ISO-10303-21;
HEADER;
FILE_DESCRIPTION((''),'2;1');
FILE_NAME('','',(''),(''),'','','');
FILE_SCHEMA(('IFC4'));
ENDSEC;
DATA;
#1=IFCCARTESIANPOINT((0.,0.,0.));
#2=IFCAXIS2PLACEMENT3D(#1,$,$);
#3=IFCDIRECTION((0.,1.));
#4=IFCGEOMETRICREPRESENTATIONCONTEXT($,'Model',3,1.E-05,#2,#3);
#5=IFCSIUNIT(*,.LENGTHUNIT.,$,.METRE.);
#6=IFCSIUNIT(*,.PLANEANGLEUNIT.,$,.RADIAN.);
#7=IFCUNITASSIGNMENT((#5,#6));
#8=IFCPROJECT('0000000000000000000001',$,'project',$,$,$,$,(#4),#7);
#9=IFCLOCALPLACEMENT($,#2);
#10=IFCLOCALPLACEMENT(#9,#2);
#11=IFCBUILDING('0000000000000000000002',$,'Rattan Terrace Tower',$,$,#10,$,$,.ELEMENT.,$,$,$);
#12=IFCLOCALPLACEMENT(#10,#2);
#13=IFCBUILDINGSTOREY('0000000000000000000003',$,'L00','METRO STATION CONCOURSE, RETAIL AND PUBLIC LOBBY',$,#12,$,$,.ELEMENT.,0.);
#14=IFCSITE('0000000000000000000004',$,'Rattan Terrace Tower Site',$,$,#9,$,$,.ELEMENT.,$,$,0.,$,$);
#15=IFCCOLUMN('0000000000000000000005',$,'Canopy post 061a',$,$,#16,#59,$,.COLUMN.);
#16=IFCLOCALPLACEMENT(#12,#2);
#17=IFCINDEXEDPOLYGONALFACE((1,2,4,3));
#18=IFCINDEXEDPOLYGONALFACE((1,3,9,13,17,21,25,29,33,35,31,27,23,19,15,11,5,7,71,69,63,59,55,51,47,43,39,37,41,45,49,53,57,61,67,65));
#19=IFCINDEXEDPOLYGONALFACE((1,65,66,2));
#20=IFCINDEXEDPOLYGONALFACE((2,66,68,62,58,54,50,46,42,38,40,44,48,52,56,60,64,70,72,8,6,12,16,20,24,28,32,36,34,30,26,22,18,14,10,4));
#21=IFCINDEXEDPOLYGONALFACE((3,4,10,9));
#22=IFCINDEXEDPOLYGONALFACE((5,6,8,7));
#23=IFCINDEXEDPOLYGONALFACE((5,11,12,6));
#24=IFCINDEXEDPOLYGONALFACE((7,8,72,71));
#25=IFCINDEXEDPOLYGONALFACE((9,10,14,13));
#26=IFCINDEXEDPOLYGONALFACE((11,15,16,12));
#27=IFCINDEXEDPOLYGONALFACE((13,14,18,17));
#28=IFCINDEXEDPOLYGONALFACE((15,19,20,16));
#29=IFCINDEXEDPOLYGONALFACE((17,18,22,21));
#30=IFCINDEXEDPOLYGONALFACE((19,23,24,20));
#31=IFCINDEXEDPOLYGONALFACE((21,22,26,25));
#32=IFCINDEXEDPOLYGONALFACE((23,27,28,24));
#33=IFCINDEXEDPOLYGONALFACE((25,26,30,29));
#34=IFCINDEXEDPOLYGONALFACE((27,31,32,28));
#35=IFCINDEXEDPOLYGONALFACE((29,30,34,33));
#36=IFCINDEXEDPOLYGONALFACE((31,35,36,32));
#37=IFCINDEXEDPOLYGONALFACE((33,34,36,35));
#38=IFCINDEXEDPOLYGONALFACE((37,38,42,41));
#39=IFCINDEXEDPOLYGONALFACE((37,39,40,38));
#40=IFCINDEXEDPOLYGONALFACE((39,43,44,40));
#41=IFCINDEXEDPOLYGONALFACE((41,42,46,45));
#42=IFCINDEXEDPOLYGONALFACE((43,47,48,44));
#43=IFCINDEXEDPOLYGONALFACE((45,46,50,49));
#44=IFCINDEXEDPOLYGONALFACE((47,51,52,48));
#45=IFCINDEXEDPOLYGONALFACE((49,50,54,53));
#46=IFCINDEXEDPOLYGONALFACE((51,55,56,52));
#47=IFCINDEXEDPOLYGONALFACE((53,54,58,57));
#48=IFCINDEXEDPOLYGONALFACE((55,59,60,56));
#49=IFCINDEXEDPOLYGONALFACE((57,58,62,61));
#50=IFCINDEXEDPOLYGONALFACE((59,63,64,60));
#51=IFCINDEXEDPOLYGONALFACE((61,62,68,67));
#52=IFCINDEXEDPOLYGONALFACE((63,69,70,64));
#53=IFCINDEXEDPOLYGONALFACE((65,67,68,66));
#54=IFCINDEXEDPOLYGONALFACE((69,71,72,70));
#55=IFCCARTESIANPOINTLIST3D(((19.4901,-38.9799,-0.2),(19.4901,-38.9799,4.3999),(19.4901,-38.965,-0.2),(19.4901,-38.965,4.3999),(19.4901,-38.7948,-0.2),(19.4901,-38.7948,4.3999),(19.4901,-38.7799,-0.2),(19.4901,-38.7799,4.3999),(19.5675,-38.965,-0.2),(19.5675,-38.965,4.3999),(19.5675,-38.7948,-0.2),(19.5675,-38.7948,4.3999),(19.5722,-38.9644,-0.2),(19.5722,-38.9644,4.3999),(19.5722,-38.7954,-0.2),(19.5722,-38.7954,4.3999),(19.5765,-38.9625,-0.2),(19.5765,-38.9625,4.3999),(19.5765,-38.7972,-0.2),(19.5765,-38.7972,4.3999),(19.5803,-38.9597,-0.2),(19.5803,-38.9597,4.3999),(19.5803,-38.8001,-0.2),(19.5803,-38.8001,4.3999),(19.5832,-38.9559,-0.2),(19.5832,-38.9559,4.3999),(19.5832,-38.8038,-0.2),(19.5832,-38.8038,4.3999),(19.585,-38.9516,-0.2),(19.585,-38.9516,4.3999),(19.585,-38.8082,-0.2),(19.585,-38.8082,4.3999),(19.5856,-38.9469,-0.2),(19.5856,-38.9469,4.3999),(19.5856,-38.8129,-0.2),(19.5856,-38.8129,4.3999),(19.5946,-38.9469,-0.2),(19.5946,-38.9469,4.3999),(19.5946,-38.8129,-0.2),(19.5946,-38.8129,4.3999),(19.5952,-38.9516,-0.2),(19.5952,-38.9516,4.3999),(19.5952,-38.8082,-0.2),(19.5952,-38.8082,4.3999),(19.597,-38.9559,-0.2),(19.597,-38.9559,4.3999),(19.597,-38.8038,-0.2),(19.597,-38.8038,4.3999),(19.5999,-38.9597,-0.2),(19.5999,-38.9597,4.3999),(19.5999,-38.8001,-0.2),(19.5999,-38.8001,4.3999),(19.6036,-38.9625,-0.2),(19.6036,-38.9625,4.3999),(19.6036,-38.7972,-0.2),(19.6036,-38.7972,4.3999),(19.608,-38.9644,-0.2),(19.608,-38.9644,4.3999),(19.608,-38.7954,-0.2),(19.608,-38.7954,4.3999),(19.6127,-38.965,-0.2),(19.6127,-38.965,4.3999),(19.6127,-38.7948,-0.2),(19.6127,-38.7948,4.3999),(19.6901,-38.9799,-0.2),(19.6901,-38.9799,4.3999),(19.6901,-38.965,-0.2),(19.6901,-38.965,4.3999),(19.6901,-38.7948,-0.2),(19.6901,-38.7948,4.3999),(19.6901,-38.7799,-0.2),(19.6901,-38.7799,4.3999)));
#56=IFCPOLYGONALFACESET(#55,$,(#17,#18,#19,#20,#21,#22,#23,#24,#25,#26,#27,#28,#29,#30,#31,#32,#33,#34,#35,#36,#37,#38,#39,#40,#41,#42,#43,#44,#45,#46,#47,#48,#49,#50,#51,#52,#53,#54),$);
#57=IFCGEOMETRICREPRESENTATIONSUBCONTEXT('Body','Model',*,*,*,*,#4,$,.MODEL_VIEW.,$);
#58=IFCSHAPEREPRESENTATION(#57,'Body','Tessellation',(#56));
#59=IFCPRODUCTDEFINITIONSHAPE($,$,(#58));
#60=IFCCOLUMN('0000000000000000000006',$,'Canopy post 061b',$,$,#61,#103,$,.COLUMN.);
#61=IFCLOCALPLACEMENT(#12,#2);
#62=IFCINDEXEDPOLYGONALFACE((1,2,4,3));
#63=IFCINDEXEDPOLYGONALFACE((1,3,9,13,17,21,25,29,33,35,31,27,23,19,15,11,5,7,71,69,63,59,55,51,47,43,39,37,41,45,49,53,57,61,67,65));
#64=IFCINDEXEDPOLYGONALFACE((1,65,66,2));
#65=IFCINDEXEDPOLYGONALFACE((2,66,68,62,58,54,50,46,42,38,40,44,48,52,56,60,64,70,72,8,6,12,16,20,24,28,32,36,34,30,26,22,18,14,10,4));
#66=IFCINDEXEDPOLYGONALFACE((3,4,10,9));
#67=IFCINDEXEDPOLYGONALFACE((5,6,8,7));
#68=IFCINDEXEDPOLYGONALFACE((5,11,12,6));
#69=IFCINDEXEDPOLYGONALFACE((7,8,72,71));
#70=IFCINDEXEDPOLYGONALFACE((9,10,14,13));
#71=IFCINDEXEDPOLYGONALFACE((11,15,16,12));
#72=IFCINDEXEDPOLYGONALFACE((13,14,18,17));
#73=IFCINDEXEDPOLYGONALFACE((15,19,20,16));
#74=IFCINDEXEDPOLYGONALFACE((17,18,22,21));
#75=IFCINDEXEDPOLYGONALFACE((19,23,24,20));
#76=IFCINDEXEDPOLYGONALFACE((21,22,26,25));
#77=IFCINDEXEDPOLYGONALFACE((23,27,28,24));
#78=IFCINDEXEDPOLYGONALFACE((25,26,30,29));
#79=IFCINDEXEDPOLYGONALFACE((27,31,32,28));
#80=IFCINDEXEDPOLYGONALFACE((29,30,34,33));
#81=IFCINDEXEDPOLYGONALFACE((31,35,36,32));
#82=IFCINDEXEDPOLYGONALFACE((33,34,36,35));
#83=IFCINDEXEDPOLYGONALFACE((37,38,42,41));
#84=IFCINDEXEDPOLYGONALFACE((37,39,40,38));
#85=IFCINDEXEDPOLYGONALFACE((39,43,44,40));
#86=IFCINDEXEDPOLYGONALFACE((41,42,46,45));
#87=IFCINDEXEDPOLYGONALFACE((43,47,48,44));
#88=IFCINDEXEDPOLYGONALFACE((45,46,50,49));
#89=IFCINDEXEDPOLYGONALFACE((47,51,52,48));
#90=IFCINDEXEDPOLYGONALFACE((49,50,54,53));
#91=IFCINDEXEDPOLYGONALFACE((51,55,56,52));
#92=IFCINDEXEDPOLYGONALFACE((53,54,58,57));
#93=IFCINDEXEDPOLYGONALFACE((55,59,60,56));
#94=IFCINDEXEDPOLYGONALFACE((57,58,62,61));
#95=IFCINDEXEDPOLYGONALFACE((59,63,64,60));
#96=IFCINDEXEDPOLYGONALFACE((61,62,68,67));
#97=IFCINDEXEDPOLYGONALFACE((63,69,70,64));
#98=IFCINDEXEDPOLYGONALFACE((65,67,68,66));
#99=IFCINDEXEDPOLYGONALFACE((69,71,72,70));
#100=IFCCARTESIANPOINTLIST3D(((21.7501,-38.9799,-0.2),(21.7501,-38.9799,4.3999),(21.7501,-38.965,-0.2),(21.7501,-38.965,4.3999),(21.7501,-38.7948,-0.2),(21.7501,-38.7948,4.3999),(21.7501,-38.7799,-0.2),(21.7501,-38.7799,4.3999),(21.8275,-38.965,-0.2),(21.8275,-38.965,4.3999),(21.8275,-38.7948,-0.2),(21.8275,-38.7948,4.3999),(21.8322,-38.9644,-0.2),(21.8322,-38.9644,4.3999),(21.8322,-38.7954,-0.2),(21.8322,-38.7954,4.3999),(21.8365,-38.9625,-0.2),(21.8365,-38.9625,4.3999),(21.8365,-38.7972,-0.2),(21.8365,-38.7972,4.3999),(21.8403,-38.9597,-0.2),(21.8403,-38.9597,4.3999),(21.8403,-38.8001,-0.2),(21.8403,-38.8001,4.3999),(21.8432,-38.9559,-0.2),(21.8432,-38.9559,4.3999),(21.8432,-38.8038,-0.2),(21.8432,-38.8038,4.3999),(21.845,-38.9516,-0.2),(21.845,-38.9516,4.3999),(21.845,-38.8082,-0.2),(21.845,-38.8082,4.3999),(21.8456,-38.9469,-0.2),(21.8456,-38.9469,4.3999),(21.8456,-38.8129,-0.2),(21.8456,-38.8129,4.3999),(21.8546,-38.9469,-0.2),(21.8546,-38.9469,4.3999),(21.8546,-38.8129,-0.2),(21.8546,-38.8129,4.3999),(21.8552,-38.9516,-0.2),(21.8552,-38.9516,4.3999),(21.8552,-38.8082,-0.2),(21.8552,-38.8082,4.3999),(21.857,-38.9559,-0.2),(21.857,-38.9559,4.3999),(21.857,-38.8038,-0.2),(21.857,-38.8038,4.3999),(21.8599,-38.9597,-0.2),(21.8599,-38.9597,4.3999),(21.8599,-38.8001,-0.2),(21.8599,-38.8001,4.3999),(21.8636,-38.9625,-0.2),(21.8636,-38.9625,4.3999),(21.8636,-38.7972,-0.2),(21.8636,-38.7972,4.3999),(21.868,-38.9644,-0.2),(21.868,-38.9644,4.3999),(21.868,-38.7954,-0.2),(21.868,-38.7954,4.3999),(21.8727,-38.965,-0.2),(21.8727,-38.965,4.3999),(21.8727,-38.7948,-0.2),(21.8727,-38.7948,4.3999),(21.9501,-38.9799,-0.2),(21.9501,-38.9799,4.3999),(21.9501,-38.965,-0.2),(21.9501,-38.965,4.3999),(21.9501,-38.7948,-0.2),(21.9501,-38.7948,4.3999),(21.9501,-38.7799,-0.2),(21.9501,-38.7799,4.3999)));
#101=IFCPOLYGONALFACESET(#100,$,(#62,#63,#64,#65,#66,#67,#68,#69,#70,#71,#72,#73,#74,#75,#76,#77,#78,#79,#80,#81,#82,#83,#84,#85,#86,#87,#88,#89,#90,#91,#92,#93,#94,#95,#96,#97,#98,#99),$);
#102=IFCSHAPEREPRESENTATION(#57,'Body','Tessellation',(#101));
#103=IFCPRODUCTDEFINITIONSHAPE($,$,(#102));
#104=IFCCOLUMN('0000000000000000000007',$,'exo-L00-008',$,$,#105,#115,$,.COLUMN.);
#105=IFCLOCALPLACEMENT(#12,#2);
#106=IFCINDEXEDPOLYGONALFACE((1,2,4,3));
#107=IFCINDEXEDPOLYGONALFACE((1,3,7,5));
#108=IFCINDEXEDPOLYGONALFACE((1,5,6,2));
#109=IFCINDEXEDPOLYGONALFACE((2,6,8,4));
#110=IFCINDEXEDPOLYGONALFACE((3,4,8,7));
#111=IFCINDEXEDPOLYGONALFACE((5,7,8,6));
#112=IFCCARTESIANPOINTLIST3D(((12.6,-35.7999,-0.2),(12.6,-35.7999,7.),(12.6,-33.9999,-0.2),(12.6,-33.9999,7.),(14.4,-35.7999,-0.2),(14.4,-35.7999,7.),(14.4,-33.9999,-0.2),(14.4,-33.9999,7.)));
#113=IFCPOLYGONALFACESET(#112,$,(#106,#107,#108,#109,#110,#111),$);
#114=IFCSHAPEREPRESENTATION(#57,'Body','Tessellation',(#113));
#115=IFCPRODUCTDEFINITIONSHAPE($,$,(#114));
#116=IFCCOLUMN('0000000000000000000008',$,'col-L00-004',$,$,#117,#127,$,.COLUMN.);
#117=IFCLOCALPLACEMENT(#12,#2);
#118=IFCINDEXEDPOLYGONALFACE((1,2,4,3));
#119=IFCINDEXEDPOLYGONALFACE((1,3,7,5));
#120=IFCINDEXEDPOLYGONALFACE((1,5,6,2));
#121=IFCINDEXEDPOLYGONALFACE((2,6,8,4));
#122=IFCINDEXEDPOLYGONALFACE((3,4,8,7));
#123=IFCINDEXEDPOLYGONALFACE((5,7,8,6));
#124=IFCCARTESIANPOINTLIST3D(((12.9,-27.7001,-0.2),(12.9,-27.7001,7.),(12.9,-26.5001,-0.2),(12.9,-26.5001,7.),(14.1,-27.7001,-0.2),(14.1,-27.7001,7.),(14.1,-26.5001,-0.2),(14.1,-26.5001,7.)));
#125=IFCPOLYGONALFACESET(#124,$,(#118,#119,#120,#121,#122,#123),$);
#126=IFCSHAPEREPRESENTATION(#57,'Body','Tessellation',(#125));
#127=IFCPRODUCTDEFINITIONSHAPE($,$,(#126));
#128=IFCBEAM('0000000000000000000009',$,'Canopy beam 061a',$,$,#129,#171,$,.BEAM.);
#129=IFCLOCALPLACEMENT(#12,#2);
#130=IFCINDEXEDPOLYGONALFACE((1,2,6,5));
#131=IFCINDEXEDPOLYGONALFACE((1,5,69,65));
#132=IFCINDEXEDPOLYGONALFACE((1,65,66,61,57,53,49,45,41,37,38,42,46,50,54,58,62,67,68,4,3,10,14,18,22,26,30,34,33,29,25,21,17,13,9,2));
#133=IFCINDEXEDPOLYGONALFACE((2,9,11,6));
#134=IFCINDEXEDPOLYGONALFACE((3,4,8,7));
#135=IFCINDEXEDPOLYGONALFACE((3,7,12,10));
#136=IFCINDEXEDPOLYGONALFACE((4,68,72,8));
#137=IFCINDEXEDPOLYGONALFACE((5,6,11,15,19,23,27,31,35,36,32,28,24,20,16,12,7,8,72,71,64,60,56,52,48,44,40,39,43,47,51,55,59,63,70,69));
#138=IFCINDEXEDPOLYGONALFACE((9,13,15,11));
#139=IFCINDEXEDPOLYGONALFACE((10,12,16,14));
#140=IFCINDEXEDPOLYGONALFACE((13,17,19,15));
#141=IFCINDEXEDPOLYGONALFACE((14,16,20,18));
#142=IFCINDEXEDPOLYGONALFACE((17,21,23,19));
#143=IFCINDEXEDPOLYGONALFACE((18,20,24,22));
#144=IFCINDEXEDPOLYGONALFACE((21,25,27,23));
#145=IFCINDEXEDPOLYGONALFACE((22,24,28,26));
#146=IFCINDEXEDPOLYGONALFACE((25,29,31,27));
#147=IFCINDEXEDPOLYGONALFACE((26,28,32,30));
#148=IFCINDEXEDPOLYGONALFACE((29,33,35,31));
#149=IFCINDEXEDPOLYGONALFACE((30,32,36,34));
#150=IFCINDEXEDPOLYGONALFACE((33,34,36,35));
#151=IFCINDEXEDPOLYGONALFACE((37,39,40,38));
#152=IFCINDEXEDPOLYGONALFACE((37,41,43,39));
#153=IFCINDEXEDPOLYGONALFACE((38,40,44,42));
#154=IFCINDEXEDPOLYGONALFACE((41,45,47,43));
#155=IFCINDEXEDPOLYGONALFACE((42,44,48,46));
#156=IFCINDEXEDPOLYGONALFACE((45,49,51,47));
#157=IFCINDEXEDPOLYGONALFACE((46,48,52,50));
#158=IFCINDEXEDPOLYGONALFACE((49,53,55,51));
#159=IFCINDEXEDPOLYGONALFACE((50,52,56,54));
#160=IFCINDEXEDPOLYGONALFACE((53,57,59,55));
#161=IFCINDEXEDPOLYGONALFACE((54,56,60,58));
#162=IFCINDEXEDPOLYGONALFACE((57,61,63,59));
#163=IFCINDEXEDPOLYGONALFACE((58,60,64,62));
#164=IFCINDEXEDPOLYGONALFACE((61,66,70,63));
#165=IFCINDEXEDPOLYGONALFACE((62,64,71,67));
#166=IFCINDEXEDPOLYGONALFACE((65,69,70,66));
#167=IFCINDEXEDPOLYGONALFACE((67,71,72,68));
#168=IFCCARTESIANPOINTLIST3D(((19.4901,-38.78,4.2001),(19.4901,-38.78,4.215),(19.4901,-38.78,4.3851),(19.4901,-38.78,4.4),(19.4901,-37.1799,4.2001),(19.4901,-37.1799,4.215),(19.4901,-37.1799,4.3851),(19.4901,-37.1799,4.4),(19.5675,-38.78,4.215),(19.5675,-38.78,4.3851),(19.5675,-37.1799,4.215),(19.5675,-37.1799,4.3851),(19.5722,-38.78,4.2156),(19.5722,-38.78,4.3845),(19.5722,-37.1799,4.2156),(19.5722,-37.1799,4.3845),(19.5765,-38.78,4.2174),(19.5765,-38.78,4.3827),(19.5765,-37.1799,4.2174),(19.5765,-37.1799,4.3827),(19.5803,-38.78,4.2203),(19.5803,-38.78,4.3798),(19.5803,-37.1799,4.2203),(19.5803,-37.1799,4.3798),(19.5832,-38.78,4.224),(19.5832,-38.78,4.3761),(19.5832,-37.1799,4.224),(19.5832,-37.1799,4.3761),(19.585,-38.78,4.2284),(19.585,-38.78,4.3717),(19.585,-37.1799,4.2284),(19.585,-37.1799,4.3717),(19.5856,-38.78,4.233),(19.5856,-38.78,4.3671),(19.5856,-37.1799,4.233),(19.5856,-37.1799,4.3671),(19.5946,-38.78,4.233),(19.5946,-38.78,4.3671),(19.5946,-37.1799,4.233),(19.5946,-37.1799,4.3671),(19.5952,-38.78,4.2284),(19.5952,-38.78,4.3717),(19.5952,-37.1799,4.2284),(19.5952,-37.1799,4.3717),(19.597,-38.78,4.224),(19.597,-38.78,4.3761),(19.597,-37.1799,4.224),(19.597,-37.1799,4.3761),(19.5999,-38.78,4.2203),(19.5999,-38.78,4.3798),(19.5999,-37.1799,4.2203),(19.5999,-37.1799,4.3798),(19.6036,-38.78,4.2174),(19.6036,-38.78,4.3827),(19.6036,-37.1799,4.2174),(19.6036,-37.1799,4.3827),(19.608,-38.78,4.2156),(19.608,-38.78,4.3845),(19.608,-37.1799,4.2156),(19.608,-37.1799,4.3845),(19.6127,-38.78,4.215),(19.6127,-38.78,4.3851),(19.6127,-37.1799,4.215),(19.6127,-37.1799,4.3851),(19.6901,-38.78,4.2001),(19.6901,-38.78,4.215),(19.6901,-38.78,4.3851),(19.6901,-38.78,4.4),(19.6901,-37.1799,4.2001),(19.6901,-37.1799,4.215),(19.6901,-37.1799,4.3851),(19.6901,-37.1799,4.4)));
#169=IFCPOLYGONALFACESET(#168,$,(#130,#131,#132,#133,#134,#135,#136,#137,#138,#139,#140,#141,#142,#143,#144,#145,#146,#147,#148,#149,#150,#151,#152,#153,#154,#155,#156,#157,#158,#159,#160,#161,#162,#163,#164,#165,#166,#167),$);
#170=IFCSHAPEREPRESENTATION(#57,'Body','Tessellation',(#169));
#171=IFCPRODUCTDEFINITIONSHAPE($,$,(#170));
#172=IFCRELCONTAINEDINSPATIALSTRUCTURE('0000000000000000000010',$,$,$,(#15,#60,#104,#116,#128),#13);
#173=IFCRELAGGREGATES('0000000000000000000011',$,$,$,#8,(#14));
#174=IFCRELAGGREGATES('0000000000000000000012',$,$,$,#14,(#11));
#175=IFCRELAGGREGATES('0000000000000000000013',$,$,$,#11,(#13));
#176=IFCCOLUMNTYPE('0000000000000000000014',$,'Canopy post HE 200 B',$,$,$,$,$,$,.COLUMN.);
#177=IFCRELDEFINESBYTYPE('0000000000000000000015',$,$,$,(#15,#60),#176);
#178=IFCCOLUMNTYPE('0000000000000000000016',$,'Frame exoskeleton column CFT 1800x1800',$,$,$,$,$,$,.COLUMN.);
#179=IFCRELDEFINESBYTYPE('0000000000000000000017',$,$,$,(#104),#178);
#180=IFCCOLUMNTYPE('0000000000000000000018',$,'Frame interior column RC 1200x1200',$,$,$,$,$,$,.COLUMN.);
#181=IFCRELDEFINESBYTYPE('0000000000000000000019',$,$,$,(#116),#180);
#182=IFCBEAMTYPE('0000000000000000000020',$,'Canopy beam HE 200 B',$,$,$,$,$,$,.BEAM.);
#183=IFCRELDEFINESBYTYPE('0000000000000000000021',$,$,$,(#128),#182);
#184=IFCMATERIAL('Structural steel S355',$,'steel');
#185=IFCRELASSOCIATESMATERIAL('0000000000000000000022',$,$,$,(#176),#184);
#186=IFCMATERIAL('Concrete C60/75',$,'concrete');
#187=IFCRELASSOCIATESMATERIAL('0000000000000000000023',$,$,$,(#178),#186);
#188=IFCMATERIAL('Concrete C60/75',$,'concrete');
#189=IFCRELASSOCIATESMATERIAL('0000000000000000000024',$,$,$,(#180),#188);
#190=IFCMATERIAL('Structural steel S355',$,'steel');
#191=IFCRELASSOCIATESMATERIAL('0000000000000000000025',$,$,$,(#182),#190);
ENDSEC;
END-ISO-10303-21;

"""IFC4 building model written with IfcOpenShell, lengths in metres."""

from ifc_helpers import new_model, si_unit, direction, frame, origin, origin_2d, place, context, subcontext, project, spatial, rectangle, i_section, extrude, material, material_profile, profile_set, type_object, element, save


model = new_model("IFC4")

# Units and contexts
model_context = context("Model", 3, precision=1e-05, world=origin(), true_north=direction((0.0, 1.0)))
body_context = subcontext(model_context, "Body", "Model", "MODEL_VIEW")
ifc_project = project(units=[si_unit("LENGTHUNIT", "METRE"), si_unit("PLANEANGLEUNIT", "RADIAN")], contexts=[model_context])

# Site, building, storey
site_placement = place(None, origin())
site = spatial("IfcSite", under=ifc_project, at=site_placement, Name="Rattan Terrace Tower Site", CompositionType="ELEMENT", RefElevation=0.0)
building_placement = place(site_placement, origin())
building = spatial("IfcBuilding", under=site, at=building_placement, Name="Rattan Terrace Tower", CompositionType="ELEMENT")
storey_placement = place(building_placement, origin())
storey = spatial("IfcBuildingStorey", under=building, at=storey_placement, Name="L00", Description="METRO STATION CONCOURSE, RETAIL AND PUBLIC LOBBY", CompositionType="ELEMENT", Elevation=0.0)

# Columns
ifc_material_1 = material(Name="Structural steel S355", Category="steel")
ifc_material_profile_1 = material_profile(ifc_material_1, i_section(OverallWidth=0.2, OverallDepth=0.2, WebThickness=0.009, FlangeThickness=0.0149, FilletRadius=0.0181, at=origin_2d()), Name="HE 200 B")
ifc_profile_set_1 = profile_set([ifc_material_profile_1], Name="Structural steel S355")
column_type_1 = type_object("IfcColumnType", Name="Canopy post HE 200 B", PredefinedType="COLUMN", material=ifc_profile_set_1)
for number, where, z_axis, x_axis, name in (
    (1, (19.5901, -38.8799, -0.2), (0.0, 0.0, 1.0), (1.0, 0.0, 0.0), "Canopy post 061a"),
    (2, (21.8501, -38.8799, -0.2), (0.0, 0.0, 1.0), (1.0, 0.0, 0.0), "Canopy post 061b"),
):
    element("IfcColumn", number, at=place(storey_placement, frame(where, z_axis=z_axis, x_axis=x_axis)), inside=storey, type_object=column_type_1, Name=name, PredefinedType="COLUMN", context=body_context, shape_type="SweptSolid", body=[
        extrude(i_section(OverallWidth=0.2, OverallDepth=0.2, WebThickness=0.009, FlangeThickness=0.0149, FilletRadius=0.0181, at=origin_2d()), origin(), (0.0, 0.0, 1.0), 4.5999),
    ])
ifc_material_2 = material(Name="Concrete C60/75", Category="concrete")
ifc_material_profile_2 = material_profile(ifc_material_2, rectangle(XDim=1.8, YDim=1.8, at=origin_2d()), Name="CFT 1800x1800")
ifc_profile_set_2 = profile_set([ifc_material_profile_2], Name="Concrete C60/75")
column_type_2 = type_object("IfcColumnType", Name="Frame exoskeleton column CFT 1800x1800", PredefinedType="COLUMN", material=ifc_profile_set_2)
column_1_placement = place(storey_placement, frame((13.5, -34.8999, -0.2), z_axis=(0.0, 0.0, 1.0), x_axis=(1.0, 0.0, 0.0)))
element("IfcColumn", 3, at=column_1_placement, inside=storey, type_object=column_type_2, Name="exo-L00-008", PredefinedType="COLUMN", context=body_context, shape_type="SweptSolid", body=[
    extrude(rectangle(XDim=1.8, YDim=1.8, at=origin_2d()), origin(), (0.0, 0.0, 1.0), 7.2),
])
ifc_material_3 = material(Name="Concrete C60/75", Category="concrete")
ifc_material_profile_3 = material_profile(ifc_material_3, rectangle(XDim=1.2, YDim=1.2, at=origin_2d()), Name="RC 1200x1200")
ifc_profile_set_3 = profile_set([ifc_material_profile_3], Name="Concrete C60/75")
column_type_3 = type_object("IfcColumnType", Name="Frame interior column RC 1200x1200", PredefinedType="COLUMN", material=ifc_profile_set_3)
column_2_placement = place(storey_placement, frame((13.5, -27.1001, -0.2), z_axis=(0.0, 0.0, 1.0), x_axis=(1.0, 0.0, 0.0)))
element("IfcColumn", 4, at=column_2_placement, inside=storey, type_object=column_type_3, Name="col-L00-004", PredefinedType="COLUMN", context=body_context, shape_type="SweptSolid", body=[
    extrude(rectangle(XDim=1.2, YDim=1.2, at=origin_2d()), origin(), (0.0, 0.0, 1.0), 7.2),
])

# Beam
ifc_material_4 = material(Name="Structural steel S355", Category="steel")
ifc_material_profile_4 = material_profile(ifc_material_4, i_section(OverallWidth=0.2, OverallDepth=0.2, WebThickness=0.009, FlangeThickness=0.0149, FilletRadius=0.0181, at=origin_2d()), Name="HE 200 B")
ifc_profile_set_4 = profile_set([ifc_material_profile_4], Name="Structural steel S355")
beam_type_1 = type_object("IfcBeamType", Name="Canopy beam HE 200 B", PredefinedType="BEAM", material=ifc_profile_set_4)
for number, where, z_axis, x_axis, name in (
    (5, (19.5901, -37.1799, 4.3), (0.0, -1.0, 0.0), (1.0, 0.0, 0.0), "Canopy beam 061a"),
):
    element("IfcBeam", number, at=place(storey_placement, frame(where, z_axis=z_axis, x_axis=x_axis)), inside=storey, type_object=beam_type_1, Name=name, PredefinedType="BEAM", context=body_context, shape_type="SweptSolid", body=[
        extrude(i_section(OverallWidth=0.2, OverallDepth=0.2, WebThickness=0.009, FlangeThickness=0.0149, FilletRadius=0.0181, at=origin_2d()), origin(), (0.0, 0.0, 1.0), 1.6001),
    ])

save(model, "model.ifc")
